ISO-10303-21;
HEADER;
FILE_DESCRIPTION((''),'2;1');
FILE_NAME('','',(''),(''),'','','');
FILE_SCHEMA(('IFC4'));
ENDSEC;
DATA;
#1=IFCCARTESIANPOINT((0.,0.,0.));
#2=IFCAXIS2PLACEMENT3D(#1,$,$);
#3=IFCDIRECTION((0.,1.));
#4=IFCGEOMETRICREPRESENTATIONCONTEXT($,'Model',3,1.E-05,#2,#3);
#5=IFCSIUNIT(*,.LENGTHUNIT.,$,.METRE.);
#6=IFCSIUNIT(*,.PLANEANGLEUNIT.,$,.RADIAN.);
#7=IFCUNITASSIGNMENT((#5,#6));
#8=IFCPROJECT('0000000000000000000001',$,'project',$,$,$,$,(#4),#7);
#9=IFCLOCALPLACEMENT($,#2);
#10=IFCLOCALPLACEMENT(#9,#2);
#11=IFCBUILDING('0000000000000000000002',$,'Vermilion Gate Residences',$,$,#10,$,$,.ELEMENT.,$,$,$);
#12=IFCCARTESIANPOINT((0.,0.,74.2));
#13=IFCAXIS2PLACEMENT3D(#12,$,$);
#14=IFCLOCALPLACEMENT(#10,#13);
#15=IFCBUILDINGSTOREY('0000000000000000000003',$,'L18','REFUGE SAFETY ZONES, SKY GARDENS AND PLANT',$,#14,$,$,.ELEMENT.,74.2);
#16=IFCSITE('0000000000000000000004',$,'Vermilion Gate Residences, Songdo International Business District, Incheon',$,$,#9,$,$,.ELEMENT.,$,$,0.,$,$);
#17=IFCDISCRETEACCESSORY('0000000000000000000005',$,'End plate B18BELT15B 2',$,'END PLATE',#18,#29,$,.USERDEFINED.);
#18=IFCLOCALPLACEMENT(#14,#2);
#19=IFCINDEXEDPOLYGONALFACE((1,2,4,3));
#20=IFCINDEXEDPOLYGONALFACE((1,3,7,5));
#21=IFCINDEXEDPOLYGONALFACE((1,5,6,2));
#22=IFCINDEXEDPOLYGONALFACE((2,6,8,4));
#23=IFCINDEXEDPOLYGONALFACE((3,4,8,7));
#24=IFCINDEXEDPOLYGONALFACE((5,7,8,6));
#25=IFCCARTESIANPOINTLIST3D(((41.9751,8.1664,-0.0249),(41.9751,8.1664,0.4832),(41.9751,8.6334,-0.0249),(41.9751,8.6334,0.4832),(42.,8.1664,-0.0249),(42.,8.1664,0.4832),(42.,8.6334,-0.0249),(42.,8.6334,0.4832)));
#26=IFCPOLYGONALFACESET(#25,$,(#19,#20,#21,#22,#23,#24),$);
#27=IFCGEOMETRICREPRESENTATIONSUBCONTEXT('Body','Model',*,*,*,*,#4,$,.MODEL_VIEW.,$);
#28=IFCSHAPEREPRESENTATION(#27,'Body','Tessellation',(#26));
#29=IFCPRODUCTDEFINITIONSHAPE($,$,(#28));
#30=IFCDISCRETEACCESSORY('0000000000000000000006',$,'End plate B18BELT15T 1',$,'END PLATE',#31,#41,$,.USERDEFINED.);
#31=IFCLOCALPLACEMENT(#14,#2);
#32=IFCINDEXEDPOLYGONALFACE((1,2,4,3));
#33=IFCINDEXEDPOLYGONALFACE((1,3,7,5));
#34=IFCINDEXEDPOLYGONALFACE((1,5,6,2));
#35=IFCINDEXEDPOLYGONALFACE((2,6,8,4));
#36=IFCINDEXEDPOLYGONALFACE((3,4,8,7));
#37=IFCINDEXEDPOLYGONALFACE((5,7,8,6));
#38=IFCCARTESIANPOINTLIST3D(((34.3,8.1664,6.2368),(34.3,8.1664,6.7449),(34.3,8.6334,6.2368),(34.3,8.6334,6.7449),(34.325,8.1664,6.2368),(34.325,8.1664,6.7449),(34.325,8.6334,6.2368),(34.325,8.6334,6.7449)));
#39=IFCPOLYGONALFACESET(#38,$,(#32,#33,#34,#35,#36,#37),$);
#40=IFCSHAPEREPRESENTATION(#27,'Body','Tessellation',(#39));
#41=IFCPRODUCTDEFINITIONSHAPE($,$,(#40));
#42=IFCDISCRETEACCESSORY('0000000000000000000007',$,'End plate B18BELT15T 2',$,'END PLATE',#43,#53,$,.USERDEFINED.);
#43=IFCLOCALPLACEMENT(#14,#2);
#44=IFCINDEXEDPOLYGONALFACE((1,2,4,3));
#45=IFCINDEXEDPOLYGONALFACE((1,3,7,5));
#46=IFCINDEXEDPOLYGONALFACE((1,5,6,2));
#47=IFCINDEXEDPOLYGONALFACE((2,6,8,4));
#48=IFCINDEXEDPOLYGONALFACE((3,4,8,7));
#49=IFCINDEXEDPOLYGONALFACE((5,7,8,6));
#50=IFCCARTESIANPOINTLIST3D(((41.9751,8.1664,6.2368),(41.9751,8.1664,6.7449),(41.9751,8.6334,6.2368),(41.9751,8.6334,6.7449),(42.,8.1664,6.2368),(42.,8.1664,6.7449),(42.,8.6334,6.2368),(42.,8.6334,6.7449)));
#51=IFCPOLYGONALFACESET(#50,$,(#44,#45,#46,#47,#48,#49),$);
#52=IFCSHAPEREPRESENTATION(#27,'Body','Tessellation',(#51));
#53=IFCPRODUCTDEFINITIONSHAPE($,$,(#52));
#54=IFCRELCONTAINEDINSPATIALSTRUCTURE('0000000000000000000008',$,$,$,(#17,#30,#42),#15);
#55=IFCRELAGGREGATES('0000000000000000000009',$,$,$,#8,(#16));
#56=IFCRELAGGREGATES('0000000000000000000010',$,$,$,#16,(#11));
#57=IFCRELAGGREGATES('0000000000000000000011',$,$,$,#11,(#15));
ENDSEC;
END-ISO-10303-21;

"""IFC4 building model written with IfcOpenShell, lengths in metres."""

from ifc_helpers import new_model, si_unit, direction, frame, origin, origin_2d, place, context, subcontext, project, spatial, rectangle, extrude, element, save


model = new_model("IFC4")

# Units and contexts
model_context = context("Model", 3, precision=1e-05, world=origin(), true_north=direction((0.0, 1.0)))
body_context = subcontext(model_context, "Body", "Model", "MODEL_VIEW")
ifc_project = project(units=[si_unit("LENGTHUNIT", "METRE"), si_unit("PLANEANGLEUNIT", "RADIAN")], contexts=[model_context])

# Site, building, storey
site_placement = place(None, origin())
site = spatial("IfcSite", under=ifc_project, at=site_placement, Name="Vermilion Gate Residences, Songdo International Business District, Incheon", CompositionType="ELEMENT", RefElevation=0.0)
building_placement = place(site_placement, origin())
building = spatial("IfcBuilding", under=site, at=building_placement, Name="Vermilion Gate Residences", CompositionType="ELEMENT")
storey_placement = place(building_placement, frame((0.0, 0.0, 74.2)))
storey = spatial("IfcBuildingStorey", under=building, at=storey_placement, Name="L18", Description="REFUGE SAFETY ZONES, SKY GARDENS AND PLANT", CompositionType="ELEMENT", Elevation=74.2)

# Discrete accessories
for number, where, z_axis, x_axis, name in (
    (1, (41.9875, 8.3999, -0.0249), (0.0, 0.0, 1.0), (1.0, 0.0, 0.0), "End plate B18BELT15B 2"),
    (2, (34.3125, 8.3999, 6.2368), (0.0, 0.0, 1.0), (1.0, 0.0, 0.0), "End plate B18BELT15T 1"),
    (3, (41.9875, 8.3999, 6.2368), (0.0, 0.0, 1.0), (1.0, 0.0, 0.0), "End plate B18BELT15T 2"),
):
    element("IfcDiscreteAccessory", number, at=place(storey_placement, frame(where, z_axis=z_axis, x_axis=x_axis)), inside=storey, Name=name, ObjectType="END PLATE", PredefinedType="USERDEFINED", context=body_context, shape_type="SweptSolid", body=[
        extrude(rectangle(XDim=0.0249, YDim=0.467, at=origin_2d()), origin(), (0.0, 0.0, 1.0), 0.5081),
    ])

save(model, "model.ifc")
